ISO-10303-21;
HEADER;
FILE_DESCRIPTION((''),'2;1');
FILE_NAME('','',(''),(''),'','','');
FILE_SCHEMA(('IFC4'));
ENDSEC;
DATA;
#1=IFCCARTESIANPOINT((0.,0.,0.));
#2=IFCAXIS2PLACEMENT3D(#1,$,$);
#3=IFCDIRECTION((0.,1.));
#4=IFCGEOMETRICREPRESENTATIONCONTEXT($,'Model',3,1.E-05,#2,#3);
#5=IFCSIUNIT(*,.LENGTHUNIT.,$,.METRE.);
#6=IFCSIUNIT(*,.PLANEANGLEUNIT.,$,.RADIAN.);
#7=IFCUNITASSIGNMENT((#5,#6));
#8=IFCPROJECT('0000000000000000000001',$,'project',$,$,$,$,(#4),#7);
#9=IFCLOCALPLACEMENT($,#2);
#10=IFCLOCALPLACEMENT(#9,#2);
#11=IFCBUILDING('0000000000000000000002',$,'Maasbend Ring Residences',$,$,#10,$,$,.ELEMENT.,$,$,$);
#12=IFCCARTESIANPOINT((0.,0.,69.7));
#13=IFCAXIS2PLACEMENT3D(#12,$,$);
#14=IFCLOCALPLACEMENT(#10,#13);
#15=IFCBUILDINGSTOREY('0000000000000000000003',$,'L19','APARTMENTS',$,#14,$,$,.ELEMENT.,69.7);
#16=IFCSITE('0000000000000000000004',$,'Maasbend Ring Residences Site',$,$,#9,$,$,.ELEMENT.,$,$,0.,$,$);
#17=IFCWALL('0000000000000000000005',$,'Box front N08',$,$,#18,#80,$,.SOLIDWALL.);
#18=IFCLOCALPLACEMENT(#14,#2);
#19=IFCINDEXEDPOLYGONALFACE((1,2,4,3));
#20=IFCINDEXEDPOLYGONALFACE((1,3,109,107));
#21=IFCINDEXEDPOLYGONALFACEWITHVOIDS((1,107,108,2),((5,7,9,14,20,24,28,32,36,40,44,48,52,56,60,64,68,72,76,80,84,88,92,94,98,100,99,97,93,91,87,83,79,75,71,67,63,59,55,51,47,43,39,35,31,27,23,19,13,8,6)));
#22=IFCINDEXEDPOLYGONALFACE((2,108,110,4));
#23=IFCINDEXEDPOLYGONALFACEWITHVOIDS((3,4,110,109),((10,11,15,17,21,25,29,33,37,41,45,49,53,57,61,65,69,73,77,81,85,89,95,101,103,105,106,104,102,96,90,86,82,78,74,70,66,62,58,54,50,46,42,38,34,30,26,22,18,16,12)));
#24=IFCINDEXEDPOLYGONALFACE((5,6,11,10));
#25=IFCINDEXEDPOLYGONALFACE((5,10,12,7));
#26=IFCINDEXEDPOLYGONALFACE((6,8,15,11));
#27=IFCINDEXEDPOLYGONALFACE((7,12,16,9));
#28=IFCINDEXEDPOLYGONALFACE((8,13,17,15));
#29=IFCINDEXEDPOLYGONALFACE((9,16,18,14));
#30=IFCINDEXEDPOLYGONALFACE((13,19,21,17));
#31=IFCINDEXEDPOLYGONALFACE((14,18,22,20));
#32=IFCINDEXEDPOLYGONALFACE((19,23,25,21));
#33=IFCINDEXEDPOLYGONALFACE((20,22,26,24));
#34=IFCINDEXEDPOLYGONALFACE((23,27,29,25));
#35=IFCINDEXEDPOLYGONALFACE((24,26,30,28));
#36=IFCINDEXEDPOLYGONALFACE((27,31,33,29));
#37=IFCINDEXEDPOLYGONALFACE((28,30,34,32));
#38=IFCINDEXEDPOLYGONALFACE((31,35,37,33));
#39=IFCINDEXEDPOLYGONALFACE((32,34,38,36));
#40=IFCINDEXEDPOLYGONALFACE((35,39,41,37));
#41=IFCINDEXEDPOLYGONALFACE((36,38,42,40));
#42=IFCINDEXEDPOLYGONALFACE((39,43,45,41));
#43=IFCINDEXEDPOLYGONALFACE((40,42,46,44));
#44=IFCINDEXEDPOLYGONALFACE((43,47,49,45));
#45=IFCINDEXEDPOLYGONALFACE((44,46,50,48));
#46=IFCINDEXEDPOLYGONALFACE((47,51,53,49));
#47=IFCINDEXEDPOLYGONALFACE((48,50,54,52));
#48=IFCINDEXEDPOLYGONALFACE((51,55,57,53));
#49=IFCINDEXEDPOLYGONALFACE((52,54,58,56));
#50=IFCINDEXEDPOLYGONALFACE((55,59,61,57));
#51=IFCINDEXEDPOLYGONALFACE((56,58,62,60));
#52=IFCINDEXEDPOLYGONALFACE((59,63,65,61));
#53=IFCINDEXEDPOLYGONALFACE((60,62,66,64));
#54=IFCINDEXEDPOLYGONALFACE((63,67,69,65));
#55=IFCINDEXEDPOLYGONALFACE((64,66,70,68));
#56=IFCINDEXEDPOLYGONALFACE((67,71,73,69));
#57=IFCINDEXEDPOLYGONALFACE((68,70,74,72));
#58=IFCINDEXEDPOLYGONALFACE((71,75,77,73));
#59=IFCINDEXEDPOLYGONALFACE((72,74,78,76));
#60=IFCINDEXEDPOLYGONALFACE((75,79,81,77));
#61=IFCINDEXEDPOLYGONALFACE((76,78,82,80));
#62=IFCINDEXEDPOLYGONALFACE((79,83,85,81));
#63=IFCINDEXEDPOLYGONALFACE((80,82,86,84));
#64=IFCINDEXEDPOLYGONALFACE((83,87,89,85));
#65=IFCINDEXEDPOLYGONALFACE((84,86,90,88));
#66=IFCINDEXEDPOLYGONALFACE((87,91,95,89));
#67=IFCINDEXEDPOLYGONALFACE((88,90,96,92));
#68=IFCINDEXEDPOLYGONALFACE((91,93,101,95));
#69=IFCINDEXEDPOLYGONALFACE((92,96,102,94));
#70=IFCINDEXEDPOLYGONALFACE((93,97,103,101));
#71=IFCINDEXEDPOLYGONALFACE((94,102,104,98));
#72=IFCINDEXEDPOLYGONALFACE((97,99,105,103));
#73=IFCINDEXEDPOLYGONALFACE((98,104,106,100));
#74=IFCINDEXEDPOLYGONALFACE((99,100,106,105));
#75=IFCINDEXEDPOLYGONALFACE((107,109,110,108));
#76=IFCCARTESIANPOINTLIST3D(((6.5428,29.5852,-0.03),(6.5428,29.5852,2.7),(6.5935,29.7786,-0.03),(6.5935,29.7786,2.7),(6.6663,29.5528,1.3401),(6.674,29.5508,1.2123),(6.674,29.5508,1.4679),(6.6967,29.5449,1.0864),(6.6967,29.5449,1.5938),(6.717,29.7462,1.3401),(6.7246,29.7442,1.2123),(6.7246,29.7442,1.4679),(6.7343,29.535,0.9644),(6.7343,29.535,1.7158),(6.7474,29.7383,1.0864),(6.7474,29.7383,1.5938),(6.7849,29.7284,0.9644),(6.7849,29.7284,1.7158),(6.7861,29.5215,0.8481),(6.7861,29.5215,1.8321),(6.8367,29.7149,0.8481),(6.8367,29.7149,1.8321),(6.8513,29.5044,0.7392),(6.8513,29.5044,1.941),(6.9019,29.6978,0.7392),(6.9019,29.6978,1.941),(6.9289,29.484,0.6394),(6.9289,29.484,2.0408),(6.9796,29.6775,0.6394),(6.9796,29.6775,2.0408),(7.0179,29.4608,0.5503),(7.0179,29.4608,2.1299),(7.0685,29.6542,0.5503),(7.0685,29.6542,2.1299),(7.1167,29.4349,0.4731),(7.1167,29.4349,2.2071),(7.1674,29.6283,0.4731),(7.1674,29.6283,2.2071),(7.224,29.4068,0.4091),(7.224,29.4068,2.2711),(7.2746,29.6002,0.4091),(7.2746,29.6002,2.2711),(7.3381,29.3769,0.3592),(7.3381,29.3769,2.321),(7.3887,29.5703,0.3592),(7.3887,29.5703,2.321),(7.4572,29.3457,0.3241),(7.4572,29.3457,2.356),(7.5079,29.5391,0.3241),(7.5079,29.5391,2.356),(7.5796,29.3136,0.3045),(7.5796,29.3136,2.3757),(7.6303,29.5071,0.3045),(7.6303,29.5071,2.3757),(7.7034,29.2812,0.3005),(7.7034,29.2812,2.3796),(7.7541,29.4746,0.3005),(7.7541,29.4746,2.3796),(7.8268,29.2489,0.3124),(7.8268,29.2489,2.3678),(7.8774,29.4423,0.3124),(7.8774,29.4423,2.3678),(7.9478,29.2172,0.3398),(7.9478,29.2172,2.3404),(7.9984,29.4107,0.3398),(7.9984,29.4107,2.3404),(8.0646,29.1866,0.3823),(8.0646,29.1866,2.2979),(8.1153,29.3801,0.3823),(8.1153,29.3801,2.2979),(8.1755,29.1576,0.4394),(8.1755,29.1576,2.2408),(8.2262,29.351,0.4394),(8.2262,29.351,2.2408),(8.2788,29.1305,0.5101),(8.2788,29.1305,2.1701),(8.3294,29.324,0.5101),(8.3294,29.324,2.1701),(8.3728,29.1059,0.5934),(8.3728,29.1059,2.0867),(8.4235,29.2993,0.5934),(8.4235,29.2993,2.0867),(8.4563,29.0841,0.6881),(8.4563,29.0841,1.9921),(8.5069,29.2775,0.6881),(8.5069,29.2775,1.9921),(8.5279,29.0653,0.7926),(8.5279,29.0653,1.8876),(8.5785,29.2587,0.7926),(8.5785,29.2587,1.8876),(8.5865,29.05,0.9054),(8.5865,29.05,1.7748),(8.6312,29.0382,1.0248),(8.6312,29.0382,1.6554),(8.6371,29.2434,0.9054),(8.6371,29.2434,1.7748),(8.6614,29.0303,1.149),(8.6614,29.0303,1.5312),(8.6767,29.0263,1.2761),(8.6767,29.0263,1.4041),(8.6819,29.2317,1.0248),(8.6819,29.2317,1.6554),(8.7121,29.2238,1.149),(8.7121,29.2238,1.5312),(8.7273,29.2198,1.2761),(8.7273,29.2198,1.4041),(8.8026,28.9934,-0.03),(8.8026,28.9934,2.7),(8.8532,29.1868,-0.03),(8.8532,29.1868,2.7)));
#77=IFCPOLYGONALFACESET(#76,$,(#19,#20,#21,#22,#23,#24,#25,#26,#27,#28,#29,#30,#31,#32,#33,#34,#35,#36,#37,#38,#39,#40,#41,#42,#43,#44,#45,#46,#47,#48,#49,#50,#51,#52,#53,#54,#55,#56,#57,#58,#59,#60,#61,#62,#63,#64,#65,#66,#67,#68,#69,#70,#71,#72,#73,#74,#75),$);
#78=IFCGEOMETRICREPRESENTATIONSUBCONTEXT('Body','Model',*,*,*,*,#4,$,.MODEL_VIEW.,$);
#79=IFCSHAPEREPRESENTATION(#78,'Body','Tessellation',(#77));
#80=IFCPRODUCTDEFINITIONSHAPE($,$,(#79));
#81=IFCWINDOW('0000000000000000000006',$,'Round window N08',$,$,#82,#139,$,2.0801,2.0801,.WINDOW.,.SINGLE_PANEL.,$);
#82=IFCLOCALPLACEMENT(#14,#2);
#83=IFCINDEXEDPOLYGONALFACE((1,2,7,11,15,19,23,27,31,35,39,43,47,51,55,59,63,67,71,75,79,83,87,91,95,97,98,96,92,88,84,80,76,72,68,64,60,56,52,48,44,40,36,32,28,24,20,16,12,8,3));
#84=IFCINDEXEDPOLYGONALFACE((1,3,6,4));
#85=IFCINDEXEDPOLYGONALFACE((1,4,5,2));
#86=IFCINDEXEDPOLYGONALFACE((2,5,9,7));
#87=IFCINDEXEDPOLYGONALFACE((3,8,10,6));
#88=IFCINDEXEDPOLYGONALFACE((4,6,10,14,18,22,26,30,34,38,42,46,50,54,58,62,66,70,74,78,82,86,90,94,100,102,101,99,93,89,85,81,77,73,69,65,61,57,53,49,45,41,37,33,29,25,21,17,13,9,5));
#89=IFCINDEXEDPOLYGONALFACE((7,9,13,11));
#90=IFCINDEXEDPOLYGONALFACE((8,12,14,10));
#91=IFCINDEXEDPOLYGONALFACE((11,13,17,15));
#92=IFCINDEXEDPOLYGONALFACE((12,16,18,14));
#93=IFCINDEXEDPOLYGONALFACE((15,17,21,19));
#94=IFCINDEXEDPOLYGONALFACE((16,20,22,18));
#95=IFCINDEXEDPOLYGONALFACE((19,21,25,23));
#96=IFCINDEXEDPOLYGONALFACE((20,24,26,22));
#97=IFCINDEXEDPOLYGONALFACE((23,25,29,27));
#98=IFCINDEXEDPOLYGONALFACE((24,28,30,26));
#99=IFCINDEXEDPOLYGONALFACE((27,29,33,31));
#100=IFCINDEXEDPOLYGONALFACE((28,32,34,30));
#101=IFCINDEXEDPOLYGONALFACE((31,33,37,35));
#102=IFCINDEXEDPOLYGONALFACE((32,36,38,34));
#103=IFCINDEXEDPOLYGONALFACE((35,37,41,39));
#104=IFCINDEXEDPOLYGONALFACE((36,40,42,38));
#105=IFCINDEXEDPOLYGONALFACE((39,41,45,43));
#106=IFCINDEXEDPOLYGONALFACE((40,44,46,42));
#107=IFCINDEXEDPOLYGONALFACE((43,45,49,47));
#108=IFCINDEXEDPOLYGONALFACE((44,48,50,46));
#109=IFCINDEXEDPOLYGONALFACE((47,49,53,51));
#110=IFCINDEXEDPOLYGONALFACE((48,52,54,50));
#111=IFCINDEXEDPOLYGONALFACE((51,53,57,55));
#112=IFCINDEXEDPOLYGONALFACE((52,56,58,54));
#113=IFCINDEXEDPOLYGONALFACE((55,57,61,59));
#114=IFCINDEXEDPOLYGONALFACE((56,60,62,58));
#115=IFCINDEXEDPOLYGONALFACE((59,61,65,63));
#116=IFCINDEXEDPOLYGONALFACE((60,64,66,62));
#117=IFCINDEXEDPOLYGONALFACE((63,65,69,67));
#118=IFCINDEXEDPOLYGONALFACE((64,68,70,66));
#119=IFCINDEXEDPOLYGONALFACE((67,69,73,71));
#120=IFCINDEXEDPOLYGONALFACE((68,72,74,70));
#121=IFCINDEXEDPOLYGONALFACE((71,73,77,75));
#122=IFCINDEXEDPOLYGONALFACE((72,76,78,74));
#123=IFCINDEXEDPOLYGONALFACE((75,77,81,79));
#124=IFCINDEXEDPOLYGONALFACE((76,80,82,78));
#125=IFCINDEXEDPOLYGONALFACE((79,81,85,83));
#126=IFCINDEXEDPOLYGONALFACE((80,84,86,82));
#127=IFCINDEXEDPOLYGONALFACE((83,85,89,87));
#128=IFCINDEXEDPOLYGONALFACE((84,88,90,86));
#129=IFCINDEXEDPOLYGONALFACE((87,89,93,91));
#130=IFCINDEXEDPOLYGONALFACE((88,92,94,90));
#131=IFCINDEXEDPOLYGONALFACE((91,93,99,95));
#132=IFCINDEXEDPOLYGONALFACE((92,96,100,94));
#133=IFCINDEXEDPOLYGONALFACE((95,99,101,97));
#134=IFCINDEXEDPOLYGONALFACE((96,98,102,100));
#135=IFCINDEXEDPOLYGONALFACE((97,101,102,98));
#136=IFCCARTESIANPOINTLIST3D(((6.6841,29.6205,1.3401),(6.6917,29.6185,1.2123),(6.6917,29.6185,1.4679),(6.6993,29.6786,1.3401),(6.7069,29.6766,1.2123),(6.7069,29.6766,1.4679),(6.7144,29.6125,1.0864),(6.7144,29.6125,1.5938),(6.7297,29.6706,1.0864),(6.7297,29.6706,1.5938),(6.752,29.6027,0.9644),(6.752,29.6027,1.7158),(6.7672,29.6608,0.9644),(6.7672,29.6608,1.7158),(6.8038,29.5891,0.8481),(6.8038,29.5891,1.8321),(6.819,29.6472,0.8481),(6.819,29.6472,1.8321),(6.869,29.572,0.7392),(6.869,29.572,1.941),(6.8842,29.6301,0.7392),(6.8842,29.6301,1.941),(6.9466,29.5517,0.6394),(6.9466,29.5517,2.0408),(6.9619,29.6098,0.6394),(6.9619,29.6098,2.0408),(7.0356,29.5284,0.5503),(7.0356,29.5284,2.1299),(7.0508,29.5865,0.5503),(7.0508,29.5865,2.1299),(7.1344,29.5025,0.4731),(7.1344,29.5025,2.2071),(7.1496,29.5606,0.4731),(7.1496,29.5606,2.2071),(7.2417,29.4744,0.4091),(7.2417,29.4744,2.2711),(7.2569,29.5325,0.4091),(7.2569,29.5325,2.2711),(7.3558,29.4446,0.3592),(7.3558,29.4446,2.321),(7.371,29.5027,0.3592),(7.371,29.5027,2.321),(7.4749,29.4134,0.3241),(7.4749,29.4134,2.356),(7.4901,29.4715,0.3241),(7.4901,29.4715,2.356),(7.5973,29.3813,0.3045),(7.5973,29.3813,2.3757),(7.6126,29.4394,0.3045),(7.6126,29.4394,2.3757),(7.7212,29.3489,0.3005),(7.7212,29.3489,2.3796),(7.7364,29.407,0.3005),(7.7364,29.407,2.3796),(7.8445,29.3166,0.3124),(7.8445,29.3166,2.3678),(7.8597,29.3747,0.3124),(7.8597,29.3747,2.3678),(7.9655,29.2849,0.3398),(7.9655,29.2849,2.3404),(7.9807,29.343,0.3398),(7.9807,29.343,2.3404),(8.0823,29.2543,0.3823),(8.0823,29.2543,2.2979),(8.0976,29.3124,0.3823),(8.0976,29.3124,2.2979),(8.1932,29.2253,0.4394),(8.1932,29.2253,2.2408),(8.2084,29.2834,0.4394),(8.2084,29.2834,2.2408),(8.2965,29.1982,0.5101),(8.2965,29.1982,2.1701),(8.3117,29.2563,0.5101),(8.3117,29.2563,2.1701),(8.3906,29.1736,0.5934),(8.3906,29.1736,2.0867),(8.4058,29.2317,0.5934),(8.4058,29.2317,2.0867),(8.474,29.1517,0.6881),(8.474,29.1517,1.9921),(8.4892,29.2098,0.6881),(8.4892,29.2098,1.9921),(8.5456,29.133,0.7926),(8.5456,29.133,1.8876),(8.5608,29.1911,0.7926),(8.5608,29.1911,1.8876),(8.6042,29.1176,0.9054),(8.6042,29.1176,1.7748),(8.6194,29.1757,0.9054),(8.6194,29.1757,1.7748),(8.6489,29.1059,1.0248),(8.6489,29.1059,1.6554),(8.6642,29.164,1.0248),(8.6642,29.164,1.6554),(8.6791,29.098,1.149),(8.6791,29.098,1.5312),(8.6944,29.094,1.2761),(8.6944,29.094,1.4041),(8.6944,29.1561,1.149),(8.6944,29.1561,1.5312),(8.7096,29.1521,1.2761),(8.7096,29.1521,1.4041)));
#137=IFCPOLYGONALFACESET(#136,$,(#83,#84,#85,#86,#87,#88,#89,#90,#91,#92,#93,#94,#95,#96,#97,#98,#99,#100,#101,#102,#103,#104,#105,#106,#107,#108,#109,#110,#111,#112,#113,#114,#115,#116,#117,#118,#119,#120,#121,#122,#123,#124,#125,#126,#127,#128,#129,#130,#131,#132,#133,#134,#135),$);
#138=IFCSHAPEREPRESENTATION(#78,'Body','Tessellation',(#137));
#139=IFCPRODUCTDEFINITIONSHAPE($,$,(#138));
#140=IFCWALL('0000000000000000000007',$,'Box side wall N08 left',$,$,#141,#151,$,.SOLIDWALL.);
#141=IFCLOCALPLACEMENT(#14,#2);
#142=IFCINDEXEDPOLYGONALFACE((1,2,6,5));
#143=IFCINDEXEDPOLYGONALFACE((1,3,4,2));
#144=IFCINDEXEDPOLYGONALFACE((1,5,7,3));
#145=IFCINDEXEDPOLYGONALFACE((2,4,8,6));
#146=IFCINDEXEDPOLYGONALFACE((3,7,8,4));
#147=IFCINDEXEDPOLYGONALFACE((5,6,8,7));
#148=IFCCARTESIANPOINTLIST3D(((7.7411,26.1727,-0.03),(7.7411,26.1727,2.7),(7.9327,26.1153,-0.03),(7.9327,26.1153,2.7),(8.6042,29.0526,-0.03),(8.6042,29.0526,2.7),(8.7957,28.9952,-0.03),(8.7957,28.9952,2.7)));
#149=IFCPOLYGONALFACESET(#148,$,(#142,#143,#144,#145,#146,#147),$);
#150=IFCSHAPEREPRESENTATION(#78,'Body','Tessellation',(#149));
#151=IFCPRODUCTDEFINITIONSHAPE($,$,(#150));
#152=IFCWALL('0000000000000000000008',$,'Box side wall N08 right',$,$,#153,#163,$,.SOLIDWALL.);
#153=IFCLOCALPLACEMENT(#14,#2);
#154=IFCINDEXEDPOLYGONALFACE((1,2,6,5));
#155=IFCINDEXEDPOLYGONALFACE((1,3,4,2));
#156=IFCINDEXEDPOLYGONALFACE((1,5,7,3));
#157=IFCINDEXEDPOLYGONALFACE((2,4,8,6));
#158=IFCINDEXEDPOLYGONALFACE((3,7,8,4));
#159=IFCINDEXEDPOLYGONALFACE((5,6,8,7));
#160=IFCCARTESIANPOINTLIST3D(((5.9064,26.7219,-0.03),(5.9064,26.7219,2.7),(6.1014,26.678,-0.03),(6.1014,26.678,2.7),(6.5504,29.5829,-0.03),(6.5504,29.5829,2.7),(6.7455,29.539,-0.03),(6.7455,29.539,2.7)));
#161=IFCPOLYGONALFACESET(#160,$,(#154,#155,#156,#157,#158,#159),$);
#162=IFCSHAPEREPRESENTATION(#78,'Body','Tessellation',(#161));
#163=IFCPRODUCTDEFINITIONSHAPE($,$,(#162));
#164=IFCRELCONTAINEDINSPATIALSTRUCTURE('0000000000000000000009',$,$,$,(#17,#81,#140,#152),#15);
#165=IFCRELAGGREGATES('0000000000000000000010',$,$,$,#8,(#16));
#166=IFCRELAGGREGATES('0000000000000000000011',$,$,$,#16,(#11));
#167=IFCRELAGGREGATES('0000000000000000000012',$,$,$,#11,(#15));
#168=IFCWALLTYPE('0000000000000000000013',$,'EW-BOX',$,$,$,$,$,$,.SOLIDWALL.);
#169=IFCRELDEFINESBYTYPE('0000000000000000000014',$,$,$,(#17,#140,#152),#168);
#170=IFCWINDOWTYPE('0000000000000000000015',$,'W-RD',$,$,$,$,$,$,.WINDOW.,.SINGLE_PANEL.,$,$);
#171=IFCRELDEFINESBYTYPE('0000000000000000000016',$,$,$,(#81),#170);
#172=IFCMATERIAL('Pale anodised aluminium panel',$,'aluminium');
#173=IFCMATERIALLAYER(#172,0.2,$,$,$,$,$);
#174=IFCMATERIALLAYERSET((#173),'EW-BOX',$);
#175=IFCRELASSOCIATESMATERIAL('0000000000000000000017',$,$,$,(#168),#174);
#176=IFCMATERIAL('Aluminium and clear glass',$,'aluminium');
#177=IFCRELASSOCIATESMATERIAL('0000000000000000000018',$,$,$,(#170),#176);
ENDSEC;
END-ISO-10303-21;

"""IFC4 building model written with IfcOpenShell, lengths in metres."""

from ifc_helpers import new_model, si_unit, direction, frame, frame_2d, origin, place, context, subcontext, project, spatial, rectangle, circle, extrude, material, layer, layer_set, type_object, element, fill, save


model = new_model("IFC4")

# Units and contexts
model_context = context("Model", 3, precision=1e-05, world=origin(), true_north=direction((0.0, 1.0)))
body_context = subcontext(model_context, "Body", "Model", "MODEL_VIEW")
ifc_project = project(units=[si_unit("LENGTHUNIT", "METRE"), si_unit("PLANEANGLEUNIT", "RADIAN")], contexts=[model_context])

# Site, building, storey
site_placement = place(None, origin())
site = spatial("IfcSite", under=ifc_project, at=site_placement, Name="Maasbend Ring Residences Site", CompositionType="ELEMENT", RefElevation=0.0)
building_placement = place(site_placement, origin())
building = spatial("IfcBuilding", under=site, at=building_placement, Name="Maasbend Ring Residences", CompositionType="ELEMENT")
storey_placement = place(building_placement, frame((0.0, 0.0, 69.7)))
storey = spatial("IfcBuildingStorey", under=building, at=storey_placement, Name="L19", Description="APARTMENTS", CompositionType="ELEMENT", Elevation=69.7)

# Wall, opening, window
ifc_material_1 = material(Name="Pale anodised aluminium panel", Category="aluminium")
ifc_layer_1 = layer(ifc_material_1, 0.2)
ifc_layer_set_1 = layer_set([ifc_layer_1], Name="EW-BOX")
wall_type_1 = type_object("IfcWallType", Name="EW-BOX", PredefinedType="SOLIDWALL", material=ifc_layer_set_1)
wall_1_placement = place(storey_placement, frame((8.8279, 29.0901, -0.03), z_axis=(0.0, 0.0, 1.0), x_axis=(-0.967377, 0.253341, 0.0)))
wall_1 = element("IfcWall", 1, at=wall_1_placement, inside=storey, type_object=wall_type_1, Name="Box front N08", PredefinedType="SOLIDWALL", context=body_context, shape_type="SweptSolid", body=[
    extrude(rectangle(XDim=2.3359, YDim=0.2, at=frame_2d((1.168, 0.0))), origin(), (0.0, 0.0, 1.0), 2.73),
])
opening_1_placement = place(wall_1_placement, frame((0.1282, 0.0, 0.3301)))
opening_1 = element("IfcOpeningElement", 2, at=opening_1_placement, cuts=wall_1, PredefinedType="OPENING", context=body_context, shape_type="SweptSolid", body=[
    extrude(circle(Radius=1.04, at=frame_2d((1.04, 1.04))), frame((0.0, 0.1099, 0.0), z_axis=(0.0, -1.0, 0.0), x_axis=(1.0, 0.0, 0.0)), (0.0, 0.0, 1.0), 0.22),
])
ifc_material_2 = material(Name="Aluminium and clear glass", Category="aluminium")
window_type_1 = type_object("IfcWindowType", Name="W-RD", PartitioningType="SINGLE_PANEL", PredefinedType="WINDOW", material=ifc_material_2)
window_1_placement = place(opening_1_placement, origin())
window_1 = element("IfcWindow", 3, at=window_1_placement, inside=storey, type_object=window_type_1, Name="Round window N08", OverallHeight=2.0801, OverallWidth=2.0801, PartitioningType="SINGLE_PANEL", PredefinedType="WINDOW", context=body_context, shape_type="SweptSolid", body=[
    extrude(circle(Radius=1.04, at=frame_2d((1.04, 1.04))), frame((0.0, 0.03, 0.0), z_axis=(0.0, -1.0, 0.0), x_axis=(1.0, 0.0, 0.0)), (0.0, 0.0, 1.0), 0.0601),
])
fill(opening_1, window_1)

# Walls
wall_2_placement = place(storey_placement, frame((7.8369, 26.144, -0.03), z_axis=(0.0, 0.0, 1.0), x_axis=(0.287065, 0.957911, 0.0)))
element("IfcWall", 4, at=wall_2_placement, inside=storey, type_object=wall_type_1, Name="Box side wall N08 left", PredefinedType="SOLIDWALL", context=body_context, shape_type="SweptSolid", body=[
    extrude(rectangle(XDim=3.0063, YDim=0.2, at=frame_2d((1.5032, 0.0))), origin(), (0.0, 0.0, 1.0), 2.73),
])
wall_3_placement = place(storey_placement, frame((6.0039, 26.7, -0.03), z_axis=(0.0, 0.0, 1.0), x_axis=(0.219609, 0.975588, 0.0)))
element("IfcWall", 5, at=wall_3_placement, inside=storey, type_object=wall_type_1, Name="Box side wall N08 right", PredefinedType="SOLIDWALL", context=body_context, shape_type="SweptSolid", body=[
    extrude(rectangle(XDim=2.9326, YDim=0.2, at=frame_2d((1.4663, 0.0))), origin(), (0.0, 0.0, 1.0), 2.73),
])

save(model, "model.ifc")
